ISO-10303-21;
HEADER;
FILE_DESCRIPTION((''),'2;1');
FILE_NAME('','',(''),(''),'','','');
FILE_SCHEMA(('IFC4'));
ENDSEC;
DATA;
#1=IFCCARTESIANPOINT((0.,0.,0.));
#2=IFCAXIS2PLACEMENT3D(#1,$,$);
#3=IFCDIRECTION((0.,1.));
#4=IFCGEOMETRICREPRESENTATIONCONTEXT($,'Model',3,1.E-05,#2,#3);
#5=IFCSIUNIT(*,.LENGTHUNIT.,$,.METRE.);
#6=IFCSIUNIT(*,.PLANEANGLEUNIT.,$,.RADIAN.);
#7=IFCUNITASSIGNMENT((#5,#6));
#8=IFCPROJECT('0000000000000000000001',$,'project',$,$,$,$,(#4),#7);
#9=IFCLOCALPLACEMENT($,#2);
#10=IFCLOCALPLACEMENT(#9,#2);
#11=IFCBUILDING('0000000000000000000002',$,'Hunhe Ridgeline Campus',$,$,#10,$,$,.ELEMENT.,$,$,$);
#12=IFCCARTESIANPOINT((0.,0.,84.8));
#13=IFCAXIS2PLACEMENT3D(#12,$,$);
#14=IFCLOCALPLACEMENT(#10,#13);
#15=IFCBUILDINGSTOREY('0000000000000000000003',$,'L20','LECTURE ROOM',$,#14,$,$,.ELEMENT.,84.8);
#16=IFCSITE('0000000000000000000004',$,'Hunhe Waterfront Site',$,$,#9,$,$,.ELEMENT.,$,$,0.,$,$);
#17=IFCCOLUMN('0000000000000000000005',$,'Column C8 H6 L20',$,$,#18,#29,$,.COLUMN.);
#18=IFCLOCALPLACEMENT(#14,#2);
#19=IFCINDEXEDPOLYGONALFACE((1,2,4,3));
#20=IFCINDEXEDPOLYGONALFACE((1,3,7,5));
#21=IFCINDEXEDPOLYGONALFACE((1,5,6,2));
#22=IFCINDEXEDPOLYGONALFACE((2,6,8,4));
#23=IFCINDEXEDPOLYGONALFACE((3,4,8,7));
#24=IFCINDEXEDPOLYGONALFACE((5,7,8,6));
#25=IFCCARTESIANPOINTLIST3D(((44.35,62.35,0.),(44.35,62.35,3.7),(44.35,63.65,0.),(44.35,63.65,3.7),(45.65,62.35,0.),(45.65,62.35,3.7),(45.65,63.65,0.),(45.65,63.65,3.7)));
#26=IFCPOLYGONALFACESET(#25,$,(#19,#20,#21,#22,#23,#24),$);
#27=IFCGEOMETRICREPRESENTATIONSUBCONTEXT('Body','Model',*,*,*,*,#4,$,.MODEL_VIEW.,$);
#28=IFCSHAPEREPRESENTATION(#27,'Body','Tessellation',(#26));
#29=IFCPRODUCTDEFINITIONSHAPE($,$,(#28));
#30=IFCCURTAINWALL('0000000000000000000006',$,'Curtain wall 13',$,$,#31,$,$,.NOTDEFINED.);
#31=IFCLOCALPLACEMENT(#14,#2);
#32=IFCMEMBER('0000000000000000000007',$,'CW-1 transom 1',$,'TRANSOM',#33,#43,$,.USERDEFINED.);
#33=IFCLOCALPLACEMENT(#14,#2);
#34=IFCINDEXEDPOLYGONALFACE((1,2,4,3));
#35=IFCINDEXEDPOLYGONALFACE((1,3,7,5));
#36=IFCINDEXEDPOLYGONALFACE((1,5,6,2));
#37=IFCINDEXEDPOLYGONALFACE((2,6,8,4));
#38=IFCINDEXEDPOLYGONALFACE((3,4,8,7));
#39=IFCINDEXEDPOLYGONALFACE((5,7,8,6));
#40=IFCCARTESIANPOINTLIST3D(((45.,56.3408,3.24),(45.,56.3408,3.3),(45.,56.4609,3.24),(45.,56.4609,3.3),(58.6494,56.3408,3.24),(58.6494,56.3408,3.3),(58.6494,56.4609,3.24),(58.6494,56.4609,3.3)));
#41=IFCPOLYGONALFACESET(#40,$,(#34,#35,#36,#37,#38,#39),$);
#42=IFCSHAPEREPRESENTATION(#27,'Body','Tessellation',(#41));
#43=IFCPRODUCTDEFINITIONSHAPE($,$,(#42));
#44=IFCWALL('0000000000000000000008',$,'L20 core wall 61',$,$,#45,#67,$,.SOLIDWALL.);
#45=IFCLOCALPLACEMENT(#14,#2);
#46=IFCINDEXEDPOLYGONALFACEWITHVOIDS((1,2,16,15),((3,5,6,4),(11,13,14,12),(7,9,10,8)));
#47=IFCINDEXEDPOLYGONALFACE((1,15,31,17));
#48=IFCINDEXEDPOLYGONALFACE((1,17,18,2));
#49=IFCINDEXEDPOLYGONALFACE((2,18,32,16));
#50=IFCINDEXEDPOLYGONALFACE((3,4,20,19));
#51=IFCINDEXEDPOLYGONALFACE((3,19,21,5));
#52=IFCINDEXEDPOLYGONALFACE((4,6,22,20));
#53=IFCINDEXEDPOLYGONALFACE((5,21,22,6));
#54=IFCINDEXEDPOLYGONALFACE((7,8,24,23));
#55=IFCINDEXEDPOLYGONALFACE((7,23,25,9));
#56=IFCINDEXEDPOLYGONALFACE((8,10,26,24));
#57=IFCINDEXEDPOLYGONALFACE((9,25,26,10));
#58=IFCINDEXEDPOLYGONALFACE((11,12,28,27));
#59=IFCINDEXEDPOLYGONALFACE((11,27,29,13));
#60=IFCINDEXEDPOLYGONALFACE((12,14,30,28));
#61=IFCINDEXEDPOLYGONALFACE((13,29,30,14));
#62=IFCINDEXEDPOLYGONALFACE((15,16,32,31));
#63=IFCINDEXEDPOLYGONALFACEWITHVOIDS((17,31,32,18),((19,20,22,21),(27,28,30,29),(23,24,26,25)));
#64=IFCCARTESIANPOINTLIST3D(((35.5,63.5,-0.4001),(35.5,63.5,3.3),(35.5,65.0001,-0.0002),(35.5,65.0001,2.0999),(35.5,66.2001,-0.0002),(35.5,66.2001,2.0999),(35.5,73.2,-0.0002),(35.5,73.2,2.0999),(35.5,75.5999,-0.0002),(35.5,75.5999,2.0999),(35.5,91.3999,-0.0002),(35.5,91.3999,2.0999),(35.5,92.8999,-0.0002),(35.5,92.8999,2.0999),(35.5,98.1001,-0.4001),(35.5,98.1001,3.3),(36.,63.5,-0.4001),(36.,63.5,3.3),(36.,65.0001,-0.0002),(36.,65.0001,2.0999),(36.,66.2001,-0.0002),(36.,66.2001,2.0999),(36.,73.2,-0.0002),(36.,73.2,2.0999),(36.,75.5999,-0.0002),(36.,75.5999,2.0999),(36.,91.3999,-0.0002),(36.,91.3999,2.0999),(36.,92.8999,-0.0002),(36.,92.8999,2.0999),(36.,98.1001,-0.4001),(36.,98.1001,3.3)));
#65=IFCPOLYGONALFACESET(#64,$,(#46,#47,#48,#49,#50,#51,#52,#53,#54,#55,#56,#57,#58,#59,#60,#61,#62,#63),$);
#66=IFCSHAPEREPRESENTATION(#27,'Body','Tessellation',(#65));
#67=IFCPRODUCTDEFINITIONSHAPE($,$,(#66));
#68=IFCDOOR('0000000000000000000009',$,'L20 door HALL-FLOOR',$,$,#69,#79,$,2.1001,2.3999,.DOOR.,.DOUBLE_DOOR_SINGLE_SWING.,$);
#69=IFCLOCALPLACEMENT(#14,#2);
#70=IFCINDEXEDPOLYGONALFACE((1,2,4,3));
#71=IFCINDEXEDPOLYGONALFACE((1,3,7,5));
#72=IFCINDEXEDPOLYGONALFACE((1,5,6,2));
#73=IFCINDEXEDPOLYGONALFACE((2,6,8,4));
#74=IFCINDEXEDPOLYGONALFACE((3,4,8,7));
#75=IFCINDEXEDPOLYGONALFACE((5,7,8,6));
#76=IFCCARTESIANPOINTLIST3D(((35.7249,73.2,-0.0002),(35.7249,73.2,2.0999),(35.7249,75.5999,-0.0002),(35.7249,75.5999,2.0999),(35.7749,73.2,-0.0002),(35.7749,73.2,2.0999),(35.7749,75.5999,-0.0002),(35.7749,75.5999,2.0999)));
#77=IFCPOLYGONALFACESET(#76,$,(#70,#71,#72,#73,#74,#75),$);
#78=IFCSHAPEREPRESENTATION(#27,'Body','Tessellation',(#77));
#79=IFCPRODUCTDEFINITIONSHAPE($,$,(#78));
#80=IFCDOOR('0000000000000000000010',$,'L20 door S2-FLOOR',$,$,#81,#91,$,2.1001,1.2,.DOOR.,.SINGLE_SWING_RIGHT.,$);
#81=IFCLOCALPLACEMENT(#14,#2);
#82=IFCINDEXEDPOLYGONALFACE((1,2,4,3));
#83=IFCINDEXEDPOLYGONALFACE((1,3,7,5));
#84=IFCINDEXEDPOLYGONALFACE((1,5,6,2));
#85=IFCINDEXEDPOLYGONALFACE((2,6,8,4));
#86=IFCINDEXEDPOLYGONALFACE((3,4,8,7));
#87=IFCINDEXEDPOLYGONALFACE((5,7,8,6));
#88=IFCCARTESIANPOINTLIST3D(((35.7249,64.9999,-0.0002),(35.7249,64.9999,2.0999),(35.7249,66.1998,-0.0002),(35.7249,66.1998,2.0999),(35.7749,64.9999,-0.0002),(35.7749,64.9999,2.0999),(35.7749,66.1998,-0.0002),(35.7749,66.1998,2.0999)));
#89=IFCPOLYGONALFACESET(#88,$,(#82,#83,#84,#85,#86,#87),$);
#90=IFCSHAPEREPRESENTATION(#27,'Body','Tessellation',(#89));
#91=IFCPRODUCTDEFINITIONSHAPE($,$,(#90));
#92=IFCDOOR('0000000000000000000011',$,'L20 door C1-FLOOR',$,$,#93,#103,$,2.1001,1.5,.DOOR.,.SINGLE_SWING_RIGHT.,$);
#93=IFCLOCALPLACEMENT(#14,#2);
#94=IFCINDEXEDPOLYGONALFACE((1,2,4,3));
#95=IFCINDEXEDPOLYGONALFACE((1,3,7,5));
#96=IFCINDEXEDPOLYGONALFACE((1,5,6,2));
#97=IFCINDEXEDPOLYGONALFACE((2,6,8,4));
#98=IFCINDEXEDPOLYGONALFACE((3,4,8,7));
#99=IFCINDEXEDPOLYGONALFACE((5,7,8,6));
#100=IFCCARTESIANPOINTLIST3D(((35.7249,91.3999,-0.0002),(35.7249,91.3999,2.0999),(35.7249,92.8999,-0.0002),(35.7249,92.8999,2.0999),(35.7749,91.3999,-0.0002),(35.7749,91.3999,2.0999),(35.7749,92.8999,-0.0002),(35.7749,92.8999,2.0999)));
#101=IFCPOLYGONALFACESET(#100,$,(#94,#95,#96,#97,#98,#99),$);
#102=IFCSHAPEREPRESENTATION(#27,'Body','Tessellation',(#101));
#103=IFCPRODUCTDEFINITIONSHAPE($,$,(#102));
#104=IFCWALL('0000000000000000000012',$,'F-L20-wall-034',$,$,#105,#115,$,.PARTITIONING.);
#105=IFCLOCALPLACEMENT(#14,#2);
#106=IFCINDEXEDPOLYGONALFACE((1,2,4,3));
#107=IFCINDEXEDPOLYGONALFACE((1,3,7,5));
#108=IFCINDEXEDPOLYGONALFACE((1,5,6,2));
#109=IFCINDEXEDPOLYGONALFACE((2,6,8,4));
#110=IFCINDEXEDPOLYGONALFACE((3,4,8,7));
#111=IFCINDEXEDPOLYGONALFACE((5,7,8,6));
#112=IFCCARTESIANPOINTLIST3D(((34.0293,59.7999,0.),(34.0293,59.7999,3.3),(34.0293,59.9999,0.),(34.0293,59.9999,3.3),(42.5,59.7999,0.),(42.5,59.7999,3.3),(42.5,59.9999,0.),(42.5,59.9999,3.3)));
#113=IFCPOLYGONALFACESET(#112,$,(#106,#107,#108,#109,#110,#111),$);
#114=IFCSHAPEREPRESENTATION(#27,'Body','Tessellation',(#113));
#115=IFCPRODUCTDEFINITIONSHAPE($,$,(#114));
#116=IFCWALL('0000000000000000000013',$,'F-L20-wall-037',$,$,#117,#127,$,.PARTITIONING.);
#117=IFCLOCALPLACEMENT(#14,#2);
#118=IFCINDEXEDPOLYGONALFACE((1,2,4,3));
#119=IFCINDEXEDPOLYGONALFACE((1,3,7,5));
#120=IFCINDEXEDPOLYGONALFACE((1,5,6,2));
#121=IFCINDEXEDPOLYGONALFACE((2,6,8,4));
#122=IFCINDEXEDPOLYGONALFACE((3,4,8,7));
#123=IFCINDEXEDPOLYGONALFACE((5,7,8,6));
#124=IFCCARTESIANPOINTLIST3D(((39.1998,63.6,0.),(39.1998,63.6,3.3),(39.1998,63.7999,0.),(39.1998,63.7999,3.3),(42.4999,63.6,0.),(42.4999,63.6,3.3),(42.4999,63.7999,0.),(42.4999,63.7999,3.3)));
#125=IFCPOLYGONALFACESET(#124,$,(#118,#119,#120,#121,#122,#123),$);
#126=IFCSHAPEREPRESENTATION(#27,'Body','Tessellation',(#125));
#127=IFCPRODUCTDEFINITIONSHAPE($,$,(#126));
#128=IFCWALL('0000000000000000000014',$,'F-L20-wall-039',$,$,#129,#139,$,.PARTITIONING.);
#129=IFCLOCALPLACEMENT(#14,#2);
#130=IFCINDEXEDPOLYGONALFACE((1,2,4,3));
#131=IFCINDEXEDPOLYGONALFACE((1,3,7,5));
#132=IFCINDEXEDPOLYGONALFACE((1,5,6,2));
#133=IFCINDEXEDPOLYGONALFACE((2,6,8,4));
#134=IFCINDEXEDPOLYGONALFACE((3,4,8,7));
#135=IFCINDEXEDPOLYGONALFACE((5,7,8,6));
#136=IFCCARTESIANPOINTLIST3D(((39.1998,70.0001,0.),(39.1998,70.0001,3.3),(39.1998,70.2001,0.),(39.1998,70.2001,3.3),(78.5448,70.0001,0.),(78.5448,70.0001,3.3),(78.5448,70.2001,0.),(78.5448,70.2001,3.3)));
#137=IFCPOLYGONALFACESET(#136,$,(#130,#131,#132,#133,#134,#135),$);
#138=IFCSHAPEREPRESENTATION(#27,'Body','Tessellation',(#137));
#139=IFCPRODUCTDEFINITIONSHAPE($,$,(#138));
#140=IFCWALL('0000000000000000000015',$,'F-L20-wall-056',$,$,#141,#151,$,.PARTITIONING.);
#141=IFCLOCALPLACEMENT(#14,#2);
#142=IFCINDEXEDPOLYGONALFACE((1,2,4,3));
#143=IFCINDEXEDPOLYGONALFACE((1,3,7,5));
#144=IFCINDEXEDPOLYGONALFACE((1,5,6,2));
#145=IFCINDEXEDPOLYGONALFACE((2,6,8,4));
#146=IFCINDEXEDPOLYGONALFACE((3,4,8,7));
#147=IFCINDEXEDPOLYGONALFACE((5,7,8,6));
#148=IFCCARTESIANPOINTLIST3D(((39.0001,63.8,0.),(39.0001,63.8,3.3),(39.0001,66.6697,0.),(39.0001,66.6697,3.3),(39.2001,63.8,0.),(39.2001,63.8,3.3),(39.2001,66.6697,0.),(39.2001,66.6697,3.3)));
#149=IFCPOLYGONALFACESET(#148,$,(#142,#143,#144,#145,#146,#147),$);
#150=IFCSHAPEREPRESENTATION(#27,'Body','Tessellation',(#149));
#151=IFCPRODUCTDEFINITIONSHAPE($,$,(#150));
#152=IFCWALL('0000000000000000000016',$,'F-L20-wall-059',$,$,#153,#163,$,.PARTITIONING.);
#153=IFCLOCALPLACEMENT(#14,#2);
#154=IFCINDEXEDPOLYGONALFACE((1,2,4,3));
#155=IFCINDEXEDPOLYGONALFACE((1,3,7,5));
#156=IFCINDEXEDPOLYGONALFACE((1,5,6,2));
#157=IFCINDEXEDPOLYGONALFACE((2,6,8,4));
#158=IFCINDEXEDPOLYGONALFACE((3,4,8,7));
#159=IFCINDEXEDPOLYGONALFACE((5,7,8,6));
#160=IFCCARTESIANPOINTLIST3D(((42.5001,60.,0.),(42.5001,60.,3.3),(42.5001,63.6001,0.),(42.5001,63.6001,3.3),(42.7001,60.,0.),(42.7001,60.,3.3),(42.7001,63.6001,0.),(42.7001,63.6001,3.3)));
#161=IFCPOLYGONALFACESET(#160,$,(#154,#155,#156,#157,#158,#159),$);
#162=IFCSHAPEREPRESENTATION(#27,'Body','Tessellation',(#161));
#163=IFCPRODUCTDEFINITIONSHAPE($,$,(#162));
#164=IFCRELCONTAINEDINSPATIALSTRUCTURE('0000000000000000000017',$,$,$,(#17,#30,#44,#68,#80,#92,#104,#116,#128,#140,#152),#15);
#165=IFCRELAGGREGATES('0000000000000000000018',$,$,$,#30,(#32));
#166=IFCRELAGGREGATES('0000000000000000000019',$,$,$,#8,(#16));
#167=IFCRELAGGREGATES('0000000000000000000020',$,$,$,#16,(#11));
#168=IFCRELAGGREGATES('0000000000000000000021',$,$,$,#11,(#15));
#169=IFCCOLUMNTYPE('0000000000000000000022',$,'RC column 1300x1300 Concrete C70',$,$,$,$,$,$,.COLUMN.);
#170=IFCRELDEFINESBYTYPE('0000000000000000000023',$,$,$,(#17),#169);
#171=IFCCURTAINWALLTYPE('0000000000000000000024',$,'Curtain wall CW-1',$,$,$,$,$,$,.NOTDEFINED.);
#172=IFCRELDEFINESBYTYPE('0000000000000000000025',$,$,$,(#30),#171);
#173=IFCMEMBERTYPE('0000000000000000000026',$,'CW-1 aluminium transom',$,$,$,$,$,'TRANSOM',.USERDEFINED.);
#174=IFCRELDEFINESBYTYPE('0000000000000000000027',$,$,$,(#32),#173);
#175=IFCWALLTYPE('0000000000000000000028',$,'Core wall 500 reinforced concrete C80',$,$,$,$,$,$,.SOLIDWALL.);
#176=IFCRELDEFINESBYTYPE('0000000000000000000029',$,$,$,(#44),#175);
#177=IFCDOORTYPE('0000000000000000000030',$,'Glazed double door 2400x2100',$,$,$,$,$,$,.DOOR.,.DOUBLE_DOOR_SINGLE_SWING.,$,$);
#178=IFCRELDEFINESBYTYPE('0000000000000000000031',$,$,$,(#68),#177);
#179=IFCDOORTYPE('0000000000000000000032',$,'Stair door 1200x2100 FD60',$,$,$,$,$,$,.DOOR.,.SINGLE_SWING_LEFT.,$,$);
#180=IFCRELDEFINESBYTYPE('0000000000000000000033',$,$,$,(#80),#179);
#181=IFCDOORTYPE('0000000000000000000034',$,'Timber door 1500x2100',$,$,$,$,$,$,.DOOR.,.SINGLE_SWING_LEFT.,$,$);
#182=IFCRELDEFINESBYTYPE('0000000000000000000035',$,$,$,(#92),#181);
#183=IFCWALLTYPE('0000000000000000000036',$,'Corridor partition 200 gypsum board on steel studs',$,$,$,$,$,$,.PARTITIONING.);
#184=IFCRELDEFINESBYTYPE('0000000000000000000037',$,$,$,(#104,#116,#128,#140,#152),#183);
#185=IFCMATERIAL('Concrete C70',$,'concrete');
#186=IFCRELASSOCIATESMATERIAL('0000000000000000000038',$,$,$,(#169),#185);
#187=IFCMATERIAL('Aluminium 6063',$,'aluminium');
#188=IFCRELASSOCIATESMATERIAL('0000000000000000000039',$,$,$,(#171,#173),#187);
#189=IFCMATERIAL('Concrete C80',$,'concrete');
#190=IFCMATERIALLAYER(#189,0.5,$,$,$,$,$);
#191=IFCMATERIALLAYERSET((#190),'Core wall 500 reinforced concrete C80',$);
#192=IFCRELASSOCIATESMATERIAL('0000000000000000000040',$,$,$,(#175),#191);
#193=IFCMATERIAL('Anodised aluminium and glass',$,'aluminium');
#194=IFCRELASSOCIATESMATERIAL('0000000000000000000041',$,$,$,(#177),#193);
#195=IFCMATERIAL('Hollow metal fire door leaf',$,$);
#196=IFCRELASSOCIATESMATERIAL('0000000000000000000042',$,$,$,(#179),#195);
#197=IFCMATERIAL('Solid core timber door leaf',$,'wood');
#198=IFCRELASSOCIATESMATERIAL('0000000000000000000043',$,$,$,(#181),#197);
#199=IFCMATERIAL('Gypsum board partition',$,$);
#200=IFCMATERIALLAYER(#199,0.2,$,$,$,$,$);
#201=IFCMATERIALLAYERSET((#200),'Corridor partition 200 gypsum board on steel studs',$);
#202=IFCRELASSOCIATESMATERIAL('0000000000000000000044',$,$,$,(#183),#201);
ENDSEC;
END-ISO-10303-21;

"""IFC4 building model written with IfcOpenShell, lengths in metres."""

from ifc_helpers import new_model, si_unit, direction, frame, frame_2d, origin, origin_2d, place, context, subcontext, project, spatial, rectangle, extrude, material, layer, layer_set, material_profile, profile_set, type_object, element, fill, aggregate, save


model = new_model("IFC4")

# Units and contexts
model_context = context("Model", 3, precision=1e-05, world=origin(), true_north=direction((0.0, 1.0)))
body_context = subcontext(model_context, "Body", "Model", "MODEL_VIEW")
ifc_project = project(units=[si_unit("LENGTHUNIT", "METRE"), si_unit("PLANEANGLEUNIT", "RADIAN")], contexts=[model_context])

# Site, building, storey
site_placement = place(None, origin())
site = spatial("IfcSite", under=ifc_project, at=site_placement, Name="Hunhe Waterfront Site", CompositionType="ELEMENT", RefElevation=0.0)
building_placement = place(site_placement, origin())
building = spatial("IfcBuilding", under=site, at=building_placement, Name="Hunhe Ridgeline Campus", CompositionType="ELEMENT")
storey_placement = place(building_placement, frame((0.0, 0.0, 84.8)))
storey = spatial("IfcBuildingStorey", under=building, at=storey_placement, Name="L20", Description="LECTURE ROOM", CompositionType="ELEMENT", Elevation=84.8)

# Column
ifc_material_1 = material(Name="Concrete C70", Category="concrete")
ifc_material_profile_1 = material_profile(ifc_material_1, rectangle(XDim=1.3, YDim=1.3, at=origin_2d()))
ifc_profile_set_1 = profile_set([ifc_material_profile_1], Name="Concrete C70")
column_type = type_object("IfcColumnType", Name="RC column 1300x1300 Concrete C70", PredefinedType="COLUMN", material=ifc_profile_set_1)
column_placement = place(storey_placement, frame((45.0, 63.0, 0.0), z_axis=(0.0, 0.0, 1.0), x_axis=(1.0, 0.0, 0.0)))
element("IfcColumn", 1, at=column_placement, inside=storey, type_object=column_type, Name="Column C8 H6 L20", PredefinedType="COLUMN", context=body_context, shape_type="SweptSolid", body=[
    extrude(rectangle(XDim=1.3, YDim=1.3, at=origin_2d()), origin(), (0.0, 0.0, 1.0), 3.7),
])

# Curtain wall, member
ifc_material_2 = material(Name="Aluminium 6063", Category="aluminium")
curtain_wall_type = type_object("IfcCurtainWallType", Name="Curtain wall CW-1", PredefinedType="NOTDEFINED", material=ifc_material_2)
curtain_wall_placement = place(storey_placement, origin())
curtain_wall = element("IfcCurtainWall", 2, at=curtain_wall_placement, inside=storey, type_object=curtain_wall_type, Name="Curtain wall 13", PredefinedType="NOTDEFINED")
ifc_material_profile_2 = material_profile(ifc_material_2, rectangle(XDim=0.1201, YDim=0.0601, at=origin_2d()))
ifc_profile_set_2 = profile_set([ifc_material_profile_2], Name="Aluminium 6063")
member_type = type_object("IfcMemberType", Name="CW-1 aluminium transom", ElementType="TRANSOM", PredefinedType="USERDEFINED", material=ifc_profile_set_2)
member_placement = place(storey_placement, frame((45.0, 56.4009, 3.27), z_axis=(1.0, 0.0, 0.0), x_axis=(0.0, 1.0, 0.0)))
member = element("IfcMember", 3, at=member_placement, type_object=member_type, Name="CW-1 transom 1", ObjectType="TRANSOM", PredefinedType="USERDEFINED", context=body_context, shape_type="SweptSolid", body=[
    extrude(rectangle(XDim=0.1201, YDim=0.0601, at=origin_2d()), origin(), (0.0, 0.0, 1.0), 13.6494),
])
aggregate(curtain_wall, [member])

# Wall, openings, doors
ifc_material_3 = material(Name="Concrete C80", Category="concrete")
ifc_layer_1 = layer(ifc_material_3, 0.5)
ifc_layer_set_1 = layer_set([ifc_layer_1], Name="Core wall 500 reinforced concrete C80")
wall_type_1 = type_object("IfcWallType", Name="Core wall 500 reinforced concrete C80", PredefinedType="SOLIDWALL", material=ifc_layer_set_1)
wall_1_placement = place(storey_placement, frame((35.75, 63.5, -0.4001), z_axis=(0.0, 0.0, 1.0), x_axis=(0.0, 1.0, 0.0)))
wall_1 = element("IfcWall", 4, at=wall_1_placement, inside=storey, type_object=wall_type_1, Name="L20 core wall 61", PredefinedType="SOLIDWALL", context=body_context, shape_type="SweptSolid", body=[
    extrude(rectangle(XDim=34.6001, YDim=0.5, at=frame_2d((17.3, 0.0))), origin(), (0.0, 0.0, 1.0), 3.7002),
])
opening_1_placement = place(wall_1_placement, frame((9.7, 0.0, 0.3999)))
opening_1 = element("IfcOpeningElement", 5, at=opening_1_placement, cuts=wall_1, PredefinedType="OPENING", context=body_context, shape_type="SweptSolid", body=[
    extrude(rectangle(XDim=2.3999, YDim=2.1001, at=frame_2d((1.2, 1.05))), frame((0.0, 0.25, 0.0), z_axis=(0.0, -1.0, 0.0), x_axis=(1.0, 0.0, 0.0)), (0.0, 0.0, 1.0), 0.5),
])
opening_2_placement = place(wall_1_placement, frame((27.8999, 0.0, 0.3999)))
opening_2 = element("IfcOpeningElement", 6, at=opening_2_placement, cuts=wall_1, PredefinedType="OPENING", context=body_context, shape_type="SweptSolid", body=[
    extrude(rectangle(XDim=1.5, YDim=2.1001, at=frame_2d((0.75, 1.05))), frame((0.0, 0.25, 0.0), z_axis=(0.0, -1.0, 0.0), x_axis=(1.0, 0.0, 0.0)), (0.0, 0.0, 1.0), 0.5),
])
opening_3_placement = place(wall_1_placement, frame((1.5, 0.0, 0.3999)))
opening_3 = element("IfcOpeningElement", 7, at=opening_3_placement, cuts=wall_1, PredefinedType="OPENING", context=body_context, shape_type="SweptSolid", body=[
    extrude(rectangle(XDim=1.2, YDim=2.1001, at=frame_2d((0.6001, 1.05))), frame((0.0, 0.25, 0.0), z_axis=(0.0, -1.0, 0.0), x_axis=(1.0, 0.0, 0.0)), (0.0, 0.0, 1.0), 0.5),
])
ifc_material_4 = material(Name="Anodised aluminium and glass", Category="aluminium")
door_type_1 = type_object("IfcDoorType", Name="Glazed double door 2400x2100", OperationType="DOUBLE_DOOR_SINGLE_SWING", PredefinedType="DOOR", material=ifc_material_4)
door_1_placement = place(opening_1_placement, frame((2.3999, 0.0, 0.0), z_axis=(0.0, 0.0, 1.0), x_axis=(-1.0, 0.0, 0.0)))
door_1 = element("IfcDoor", 8, at=door_1_placement, inside=storey, type_object=door_type_1, Name="L20 door HALL-FLOOR", OperationType="DOUBLE_DOOR_SINGLE_SWING", OverallHeight=2.1001, OverallWidth=2.3999, PredefinedType="DOOR", context=body_context, shape_type="SweptSolid", body=[
    extrude(rectangle(XDim=2.3999, YDim=2.1001, at=frame_2d((1.2, 1.05))), frame((0.0, 0.0249, 0.0), z_axis=(0.0, -1.0, 0.0), x_axis=(1.0, 0.0, 0.0)), (0.0, 0.0, 1.0), 0.05),
])
fill(opening_1, door_1)
ifc_material_5 = material(Name="Hollow metal fire door leaf")
door_type_2 = type_object("IfcDoorType", Name="Stair door 1200x2100 FD60", OperationType="SINGLE_SWING_LEFT", PredefinedType="DOOR", material=ifc_material_5)
door_2_placement = place(opening_3_placement, frame((1.2, 0.0, 0.0), z_axis=(0.0, 0.0, 1.0), x_axis=(-1.0, 0.0, 0.0)))
door_2 = element("IfcDoor", 9, at=door_2_placement, inside=storey, type_object=door_type_2, Name="L20 door S2-FLOOR", OperationType="SINGLE_SWING_RIGHT", OverallHeight=2.1001, OverallWidth=1.2, PredefinedType="DOOR", context=body_context, shape_type="SweptSolid", body=[
    extrude(rectangle(XDim=1.2, YDim=2.1001, at=frame_2d((0.6001, 1.05))), frame((0.0, 0.0249, 0.0), z_axis=(0.0, -1.0, 0.0), x_axis=(1.0, 0.0, 0.0)), (0.0, 0.0, 1.0), 0.05),
])
fill(opening_3, door_2)
ifc_material_6 = material(Name="Solid core timber door leaf", Category="wood")
door_type_3 = type_object("IfcDoorType", Name="Timber door 1500x2100", OperationType="SINGLE_SWING_LEFT", PredefinedType="DOOR", material=ifc_material_6)
door_3_placement = place(opening_2_placement, frame((1.5, 0.0, 0.0), z_axis=(0.0, 0.0, 1.0), x_axis=(-1.0, 0.0, 0.0)))
door_3 = element("IfcDoor", 10, at=door_3_placement, inside=storey, type_object=door_type_3, Name="L20 door C1-FLOOR", OperationType="SINGLE_SWING_RIGHT", OverallHeight=2.1001, OverallWidth=1.5, PredefinedType="DOOR", context=body_context, shape_type="SweptSolid", body=[
    extrude(rectangle(XDim=1.5, YDim=2.1001, at=frame_2d((0.75, 1.05))), frame((0.0, 0.0249, 0.0), z_axis=(0.0, -1.0, 0.0), x_axis=(1.0, 0.0, 0.0)), (0.0, 0.0, 1.0), 0.05),
])
fill(opening_2, door_3)

# Walls
ifc_material_7 = material(Name="Gypsum board partition")
ifc_layer_2 = layer(ifc_material_7, 0.2)
ifc_layer_set_2 = layer_set([ifc_layer_2], Name="Corridor partition 200 gypsum board on steel studs")
wall_type_2 = type_object("IfcWallType", Name="Corridor partition 200 gypsum board on steel studs", PredefinedType="PARTITIONING", material=ifc_layer_set_2)
wall_2_placement = place(storey_placement, frame((34.0293, 59.8999, 0.0), z_axis=(0.0, 0.0, 1.0), x_axis=(1.0, 0.0, 0.0)))
element("IfcWall", 11, at=wall_2_placement, inside=storey, type_object=wall_type_2, Name="F-L20-wall-034", PredefinedType="PARTITIONING", context=body_context, shape_type="SweptSolid", body=[
    extrude(rectangle(XDim=8.4707, YDim=0.2, at=frame_2d((4.2354, 0.0))), origin(), (0.0, 0.0, 1.0), 3.3),
])
wall_3_placement = place(storey_placement, frame((39.2, 63.7, 0.0), z_axis=(0.0, 0.0, 1.0), x_axis=(1.0, 0.0, 0.0)))
element("IfcWall", 12, at=wall_3_placement, inside=storey, type_object=wall_type_2, Name="F-L20-wall-037", PredefinedType="PARTITIONING", context=body_context, shape_type="SweptSolid", body=[
    extrude(rectangle(XDim=3.3, YDim=0.2, at=frame_2d((1.6499, 0.0))), origin(), (0.0, 0.0, 1.0), 3.3),
])
wall_4_placement = place(storey_placement, frame((39.2, 70.1001, 0.0), z_axis=(0.0, 0.0, 1.0), x_axis=(1.0, 0.0, 0.0)))
element("IfcWall", 13, at=wall_4_placement, inside=storey, type_object=wall_type_2, Name="F-L20-wall-039", PredefinedType="PARTITIONING", context=body_context, shape_type="SweptSolid", body=[
    extrude(rectangle(XDim=39.345, YDim=0.2, at=frame_2d((19.6724, 0.0))), origin(), (0.0, 0.0, 1.0), 3.3),
])

# Walls
wall_5_placement = place(storey_placement, frame((39.1001, 66.6697, 0.0), z_axis=(0.0, 0.0, 1.0), x_axis=(0.0, -1.0, 0.0)))
element("IfcWall", 14, at=wall_5_placement, inside=storey, type_object=wall_type_2, Name="F-L20-wall-056", PredefinedType="PARTITIONING", context=body_context, shape_type="SweptSolid", body=[
    extrude(rectangle(XDim=2.8696, YDim=0.2, at=frame_2d((1.4348, 0.0))), origin(), (0.0, 0.0, 1.0), 3.3),
])
wall_6_placement = place(storey_placement, frame((42.6001, 63.6001, 0.0), z_axis=(0.0, 0.0, 1.0), x_axis=(0.0, -1.0, 0.0)))
element("IfcWall", 15, at=wall_6_placement, inside=storey, type_object=wall_type_2, Name="F-L20-wall-059", PredefinedType="PARTITIONING", context=body_context, shape_type="SweptSolid", body=[
    extrude(rectangle(XDim=3.6001, YDim=0.2, at=frame_2d((1.8, 0.0))), origin(), (0.0, 0.0, 1.0), 3.3),
])

save(model, "model.ifc")
